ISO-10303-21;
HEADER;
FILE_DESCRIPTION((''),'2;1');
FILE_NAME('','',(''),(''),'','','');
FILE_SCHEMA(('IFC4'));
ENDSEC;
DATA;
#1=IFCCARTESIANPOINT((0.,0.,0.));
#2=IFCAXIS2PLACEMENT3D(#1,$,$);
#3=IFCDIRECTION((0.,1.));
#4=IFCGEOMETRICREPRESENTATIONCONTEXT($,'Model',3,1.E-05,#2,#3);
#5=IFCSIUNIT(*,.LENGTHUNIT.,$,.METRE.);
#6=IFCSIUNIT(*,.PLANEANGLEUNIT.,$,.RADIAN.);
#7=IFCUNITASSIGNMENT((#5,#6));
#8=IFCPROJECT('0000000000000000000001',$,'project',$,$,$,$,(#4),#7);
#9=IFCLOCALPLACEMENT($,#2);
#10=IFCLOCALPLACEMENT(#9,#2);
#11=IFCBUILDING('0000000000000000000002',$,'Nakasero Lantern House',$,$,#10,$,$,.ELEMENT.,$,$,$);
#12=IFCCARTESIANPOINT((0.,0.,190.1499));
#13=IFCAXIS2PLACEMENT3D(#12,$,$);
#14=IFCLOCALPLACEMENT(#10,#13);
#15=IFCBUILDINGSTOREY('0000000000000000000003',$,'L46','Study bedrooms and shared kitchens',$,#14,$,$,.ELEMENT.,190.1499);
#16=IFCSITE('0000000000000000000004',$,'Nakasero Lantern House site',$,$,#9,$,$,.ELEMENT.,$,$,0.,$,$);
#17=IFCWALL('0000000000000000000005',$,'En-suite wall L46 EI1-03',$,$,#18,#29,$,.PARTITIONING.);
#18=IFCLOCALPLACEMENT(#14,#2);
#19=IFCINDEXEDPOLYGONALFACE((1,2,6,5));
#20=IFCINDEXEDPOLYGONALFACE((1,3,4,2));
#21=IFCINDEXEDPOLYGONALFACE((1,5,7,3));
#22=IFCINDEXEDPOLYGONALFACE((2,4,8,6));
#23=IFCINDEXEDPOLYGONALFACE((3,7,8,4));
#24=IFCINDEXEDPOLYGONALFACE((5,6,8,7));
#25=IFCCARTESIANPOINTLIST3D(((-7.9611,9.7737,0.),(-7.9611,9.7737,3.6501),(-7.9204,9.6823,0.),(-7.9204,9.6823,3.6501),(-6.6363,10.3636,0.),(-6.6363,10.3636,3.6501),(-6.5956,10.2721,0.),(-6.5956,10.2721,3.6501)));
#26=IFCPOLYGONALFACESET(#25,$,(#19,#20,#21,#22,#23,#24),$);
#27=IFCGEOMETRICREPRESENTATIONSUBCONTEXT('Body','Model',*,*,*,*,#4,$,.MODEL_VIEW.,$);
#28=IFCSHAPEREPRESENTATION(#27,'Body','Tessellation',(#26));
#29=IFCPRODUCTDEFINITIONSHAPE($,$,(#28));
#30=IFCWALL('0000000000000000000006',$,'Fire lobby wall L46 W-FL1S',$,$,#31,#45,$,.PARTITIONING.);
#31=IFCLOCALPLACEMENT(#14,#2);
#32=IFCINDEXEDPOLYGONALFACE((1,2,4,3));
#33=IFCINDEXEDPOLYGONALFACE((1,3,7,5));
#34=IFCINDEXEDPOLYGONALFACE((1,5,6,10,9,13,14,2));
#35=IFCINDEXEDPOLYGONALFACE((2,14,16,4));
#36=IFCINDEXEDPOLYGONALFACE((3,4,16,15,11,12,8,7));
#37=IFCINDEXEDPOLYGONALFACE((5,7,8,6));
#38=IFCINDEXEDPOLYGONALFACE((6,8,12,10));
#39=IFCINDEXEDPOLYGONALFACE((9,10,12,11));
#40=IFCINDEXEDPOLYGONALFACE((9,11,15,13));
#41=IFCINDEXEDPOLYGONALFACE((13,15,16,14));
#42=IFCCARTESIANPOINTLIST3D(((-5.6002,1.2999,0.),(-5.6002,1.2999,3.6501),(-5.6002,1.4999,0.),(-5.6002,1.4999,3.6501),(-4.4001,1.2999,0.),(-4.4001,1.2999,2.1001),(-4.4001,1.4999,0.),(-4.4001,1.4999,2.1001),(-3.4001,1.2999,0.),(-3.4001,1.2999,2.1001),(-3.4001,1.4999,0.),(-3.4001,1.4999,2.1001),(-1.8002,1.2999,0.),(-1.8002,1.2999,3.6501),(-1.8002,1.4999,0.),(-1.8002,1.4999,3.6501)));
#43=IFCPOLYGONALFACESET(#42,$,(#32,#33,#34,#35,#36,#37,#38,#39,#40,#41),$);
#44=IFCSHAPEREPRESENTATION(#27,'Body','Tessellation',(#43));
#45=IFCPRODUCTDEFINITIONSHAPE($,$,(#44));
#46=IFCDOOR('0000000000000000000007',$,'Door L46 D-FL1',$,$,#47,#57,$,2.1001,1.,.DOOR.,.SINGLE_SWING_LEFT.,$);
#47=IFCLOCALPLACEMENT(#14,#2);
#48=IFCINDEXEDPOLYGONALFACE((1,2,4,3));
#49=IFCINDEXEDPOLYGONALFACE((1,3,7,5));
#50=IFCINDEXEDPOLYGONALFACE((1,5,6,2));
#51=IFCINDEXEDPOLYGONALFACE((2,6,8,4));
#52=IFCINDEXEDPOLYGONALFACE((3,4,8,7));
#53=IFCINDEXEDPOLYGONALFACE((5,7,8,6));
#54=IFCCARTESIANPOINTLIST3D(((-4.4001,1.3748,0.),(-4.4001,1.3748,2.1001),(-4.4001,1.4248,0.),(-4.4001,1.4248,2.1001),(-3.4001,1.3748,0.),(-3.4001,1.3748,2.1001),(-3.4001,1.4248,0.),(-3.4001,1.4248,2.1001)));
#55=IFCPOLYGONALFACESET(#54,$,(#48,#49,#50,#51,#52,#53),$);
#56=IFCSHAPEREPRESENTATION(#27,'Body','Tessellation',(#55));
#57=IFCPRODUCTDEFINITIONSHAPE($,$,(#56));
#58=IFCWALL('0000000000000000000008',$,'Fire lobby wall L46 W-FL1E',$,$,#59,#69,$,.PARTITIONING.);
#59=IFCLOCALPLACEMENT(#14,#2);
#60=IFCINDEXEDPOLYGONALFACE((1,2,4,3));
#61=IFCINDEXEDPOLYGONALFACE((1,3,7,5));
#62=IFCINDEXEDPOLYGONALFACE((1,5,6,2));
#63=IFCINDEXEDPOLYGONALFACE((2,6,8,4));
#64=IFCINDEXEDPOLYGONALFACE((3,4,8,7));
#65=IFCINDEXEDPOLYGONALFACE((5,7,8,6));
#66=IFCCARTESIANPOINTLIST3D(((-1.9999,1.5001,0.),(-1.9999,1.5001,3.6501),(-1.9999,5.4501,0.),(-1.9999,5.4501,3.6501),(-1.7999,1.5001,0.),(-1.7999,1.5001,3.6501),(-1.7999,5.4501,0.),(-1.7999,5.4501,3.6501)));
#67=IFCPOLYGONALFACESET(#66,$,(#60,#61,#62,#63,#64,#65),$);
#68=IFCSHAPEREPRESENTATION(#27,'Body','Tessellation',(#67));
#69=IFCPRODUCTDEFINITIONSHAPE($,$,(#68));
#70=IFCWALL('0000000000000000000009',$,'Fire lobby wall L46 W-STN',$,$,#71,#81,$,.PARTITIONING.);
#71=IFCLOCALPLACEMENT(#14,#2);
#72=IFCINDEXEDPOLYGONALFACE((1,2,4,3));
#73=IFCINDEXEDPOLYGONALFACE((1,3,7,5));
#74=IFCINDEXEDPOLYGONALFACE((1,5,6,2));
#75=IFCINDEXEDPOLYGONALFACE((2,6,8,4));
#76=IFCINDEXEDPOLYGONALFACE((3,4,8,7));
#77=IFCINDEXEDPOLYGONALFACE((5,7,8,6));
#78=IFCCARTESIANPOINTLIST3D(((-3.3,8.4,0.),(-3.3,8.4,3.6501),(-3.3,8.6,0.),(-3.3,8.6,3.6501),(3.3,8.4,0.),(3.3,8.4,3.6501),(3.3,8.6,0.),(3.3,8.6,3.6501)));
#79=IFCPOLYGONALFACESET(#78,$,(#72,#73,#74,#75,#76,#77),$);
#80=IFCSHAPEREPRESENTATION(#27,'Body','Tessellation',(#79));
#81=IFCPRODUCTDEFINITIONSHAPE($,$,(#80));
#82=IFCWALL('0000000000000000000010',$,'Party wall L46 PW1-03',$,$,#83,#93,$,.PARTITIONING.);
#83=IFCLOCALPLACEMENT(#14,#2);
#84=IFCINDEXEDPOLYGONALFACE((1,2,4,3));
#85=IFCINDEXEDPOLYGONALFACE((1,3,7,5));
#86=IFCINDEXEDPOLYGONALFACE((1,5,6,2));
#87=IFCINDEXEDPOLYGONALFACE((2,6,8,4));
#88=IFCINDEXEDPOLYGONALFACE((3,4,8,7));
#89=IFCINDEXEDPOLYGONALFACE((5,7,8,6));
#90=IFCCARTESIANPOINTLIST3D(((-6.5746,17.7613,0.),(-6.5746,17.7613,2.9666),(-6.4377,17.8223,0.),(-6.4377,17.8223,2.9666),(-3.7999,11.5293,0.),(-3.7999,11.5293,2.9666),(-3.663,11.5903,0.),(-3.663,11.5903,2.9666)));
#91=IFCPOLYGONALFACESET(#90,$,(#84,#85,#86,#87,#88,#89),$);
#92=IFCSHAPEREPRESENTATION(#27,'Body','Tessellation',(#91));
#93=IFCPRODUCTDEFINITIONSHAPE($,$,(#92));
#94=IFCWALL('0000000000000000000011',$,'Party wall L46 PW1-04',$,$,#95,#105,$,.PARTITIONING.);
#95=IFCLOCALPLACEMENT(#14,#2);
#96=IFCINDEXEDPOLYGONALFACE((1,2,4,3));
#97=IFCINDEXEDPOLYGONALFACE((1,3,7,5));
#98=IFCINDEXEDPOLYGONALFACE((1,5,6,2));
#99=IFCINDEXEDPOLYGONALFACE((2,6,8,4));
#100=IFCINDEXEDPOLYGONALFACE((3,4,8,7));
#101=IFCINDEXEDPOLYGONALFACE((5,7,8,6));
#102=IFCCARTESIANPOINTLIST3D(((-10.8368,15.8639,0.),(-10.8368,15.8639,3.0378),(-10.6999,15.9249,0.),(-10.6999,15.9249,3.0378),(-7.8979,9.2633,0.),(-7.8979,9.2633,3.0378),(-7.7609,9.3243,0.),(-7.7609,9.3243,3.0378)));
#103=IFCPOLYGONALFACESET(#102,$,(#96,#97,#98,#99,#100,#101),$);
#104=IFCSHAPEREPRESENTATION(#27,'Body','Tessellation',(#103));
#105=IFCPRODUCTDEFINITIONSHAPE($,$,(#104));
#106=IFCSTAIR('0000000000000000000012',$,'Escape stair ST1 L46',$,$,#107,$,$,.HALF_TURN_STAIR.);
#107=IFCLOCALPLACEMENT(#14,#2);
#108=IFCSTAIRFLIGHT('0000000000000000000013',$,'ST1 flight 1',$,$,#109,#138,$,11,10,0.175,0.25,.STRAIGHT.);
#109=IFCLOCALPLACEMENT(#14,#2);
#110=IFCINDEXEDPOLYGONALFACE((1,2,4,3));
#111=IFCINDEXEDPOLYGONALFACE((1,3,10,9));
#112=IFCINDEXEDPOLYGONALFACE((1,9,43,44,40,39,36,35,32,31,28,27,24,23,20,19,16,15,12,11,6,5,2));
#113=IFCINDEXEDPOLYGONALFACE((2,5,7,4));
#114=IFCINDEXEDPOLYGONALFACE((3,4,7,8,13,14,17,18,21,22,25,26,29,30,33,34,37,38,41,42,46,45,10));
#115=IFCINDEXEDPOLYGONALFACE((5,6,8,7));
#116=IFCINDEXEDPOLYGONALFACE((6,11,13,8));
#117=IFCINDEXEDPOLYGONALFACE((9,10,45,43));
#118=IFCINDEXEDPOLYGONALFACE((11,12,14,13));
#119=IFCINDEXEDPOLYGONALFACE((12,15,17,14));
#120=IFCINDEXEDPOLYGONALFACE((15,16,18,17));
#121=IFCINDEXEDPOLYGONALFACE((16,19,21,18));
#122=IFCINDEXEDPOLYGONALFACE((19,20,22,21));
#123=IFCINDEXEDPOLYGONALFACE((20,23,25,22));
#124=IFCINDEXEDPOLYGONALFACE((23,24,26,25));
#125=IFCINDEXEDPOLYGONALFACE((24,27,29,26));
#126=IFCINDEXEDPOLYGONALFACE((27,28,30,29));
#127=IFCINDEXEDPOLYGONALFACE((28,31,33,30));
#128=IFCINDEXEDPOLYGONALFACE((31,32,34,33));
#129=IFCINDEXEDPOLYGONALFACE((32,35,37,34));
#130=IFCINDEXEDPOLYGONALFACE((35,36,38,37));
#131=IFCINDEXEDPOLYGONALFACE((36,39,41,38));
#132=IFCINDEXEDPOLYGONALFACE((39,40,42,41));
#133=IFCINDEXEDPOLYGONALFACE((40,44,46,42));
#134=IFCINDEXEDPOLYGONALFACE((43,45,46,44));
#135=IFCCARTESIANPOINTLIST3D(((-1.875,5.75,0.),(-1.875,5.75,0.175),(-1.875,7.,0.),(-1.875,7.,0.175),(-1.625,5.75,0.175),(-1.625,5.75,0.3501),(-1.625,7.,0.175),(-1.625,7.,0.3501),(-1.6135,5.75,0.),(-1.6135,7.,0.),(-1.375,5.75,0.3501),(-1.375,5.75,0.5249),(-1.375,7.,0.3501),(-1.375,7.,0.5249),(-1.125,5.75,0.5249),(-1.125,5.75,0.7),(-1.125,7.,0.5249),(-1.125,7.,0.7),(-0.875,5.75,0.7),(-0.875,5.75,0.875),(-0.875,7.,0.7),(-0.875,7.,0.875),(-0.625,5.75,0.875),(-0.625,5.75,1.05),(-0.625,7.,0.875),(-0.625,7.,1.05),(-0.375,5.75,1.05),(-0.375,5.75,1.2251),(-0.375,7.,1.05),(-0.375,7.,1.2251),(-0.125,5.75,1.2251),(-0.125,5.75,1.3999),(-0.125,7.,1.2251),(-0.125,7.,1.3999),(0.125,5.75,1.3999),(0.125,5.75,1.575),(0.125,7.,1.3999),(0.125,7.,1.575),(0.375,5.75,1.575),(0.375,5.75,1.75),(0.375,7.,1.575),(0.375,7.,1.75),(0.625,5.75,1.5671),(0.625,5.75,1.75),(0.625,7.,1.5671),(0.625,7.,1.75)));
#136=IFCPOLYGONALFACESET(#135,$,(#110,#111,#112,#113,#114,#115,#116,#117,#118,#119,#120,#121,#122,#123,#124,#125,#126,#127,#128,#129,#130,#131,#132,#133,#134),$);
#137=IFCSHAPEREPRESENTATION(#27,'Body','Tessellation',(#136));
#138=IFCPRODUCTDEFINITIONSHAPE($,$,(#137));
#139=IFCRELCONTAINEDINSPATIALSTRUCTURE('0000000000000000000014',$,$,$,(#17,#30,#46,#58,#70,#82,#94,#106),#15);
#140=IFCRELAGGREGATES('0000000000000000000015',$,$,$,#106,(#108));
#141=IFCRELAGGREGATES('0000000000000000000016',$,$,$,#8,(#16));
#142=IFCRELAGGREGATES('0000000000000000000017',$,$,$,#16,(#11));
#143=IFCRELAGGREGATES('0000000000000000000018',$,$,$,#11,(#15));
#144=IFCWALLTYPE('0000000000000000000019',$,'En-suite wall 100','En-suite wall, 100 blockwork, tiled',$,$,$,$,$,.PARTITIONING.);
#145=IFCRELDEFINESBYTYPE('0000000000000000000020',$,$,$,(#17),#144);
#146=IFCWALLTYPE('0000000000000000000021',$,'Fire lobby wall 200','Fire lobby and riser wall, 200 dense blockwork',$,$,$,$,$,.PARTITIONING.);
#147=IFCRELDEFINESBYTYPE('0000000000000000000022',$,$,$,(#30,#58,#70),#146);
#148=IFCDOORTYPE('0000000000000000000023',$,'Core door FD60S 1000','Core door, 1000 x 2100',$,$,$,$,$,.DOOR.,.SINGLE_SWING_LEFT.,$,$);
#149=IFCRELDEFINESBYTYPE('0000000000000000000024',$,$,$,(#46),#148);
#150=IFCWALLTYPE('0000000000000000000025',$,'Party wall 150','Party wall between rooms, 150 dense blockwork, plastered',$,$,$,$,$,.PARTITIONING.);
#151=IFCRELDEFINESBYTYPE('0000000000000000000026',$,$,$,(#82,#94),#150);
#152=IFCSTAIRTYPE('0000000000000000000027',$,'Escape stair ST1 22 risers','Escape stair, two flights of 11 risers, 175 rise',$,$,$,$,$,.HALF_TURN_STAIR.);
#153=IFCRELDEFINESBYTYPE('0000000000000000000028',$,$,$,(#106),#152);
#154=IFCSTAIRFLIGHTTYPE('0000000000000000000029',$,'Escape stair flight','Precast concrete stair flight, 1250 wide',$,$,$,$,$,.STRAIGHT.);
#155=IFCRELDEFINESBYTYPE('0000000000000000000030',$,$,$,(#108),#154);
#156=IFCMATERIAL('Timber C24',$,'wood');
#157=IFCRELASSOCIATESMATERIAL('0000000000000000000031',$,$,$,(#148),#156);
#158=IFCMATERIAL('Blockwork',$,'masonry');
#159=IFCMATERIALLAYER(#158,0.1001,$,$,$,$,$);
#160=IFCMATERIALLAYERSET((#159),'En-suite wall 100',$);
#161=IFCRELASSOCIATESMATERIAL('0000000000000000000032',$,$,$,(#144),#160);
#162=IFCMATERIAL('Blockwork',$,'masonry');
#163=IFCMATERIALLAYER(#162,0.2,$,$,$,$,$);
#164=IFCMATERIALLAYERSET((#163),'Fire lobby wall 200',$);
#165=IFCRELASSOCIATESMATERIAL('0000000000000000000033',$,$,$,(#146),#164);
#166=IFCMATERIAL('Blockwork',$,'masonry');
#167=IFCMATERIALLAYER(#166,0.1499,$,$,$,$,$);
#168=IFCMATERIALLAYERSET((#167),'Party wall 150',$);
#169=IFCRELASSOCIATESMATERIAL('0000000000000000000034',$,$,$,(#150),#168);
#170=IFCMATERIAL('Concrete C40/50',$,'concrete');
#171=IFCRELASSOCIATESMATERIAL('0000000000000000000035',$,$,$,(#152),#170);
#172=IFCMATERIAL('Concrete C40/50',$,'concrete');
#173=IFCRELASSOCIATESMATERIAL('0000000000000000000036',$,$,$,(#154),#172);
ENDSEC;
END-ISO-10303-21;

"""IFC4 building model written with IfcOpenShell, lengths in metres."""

from ifc_helpers import new_model, si_unit, direction, frame, frame_2d, origin, place, context, subcontext, project, spatial, polyline, rectangle, outline, extrude, material, layer, layer_set, type_object, element, fill, aggregate, save


model = new_model("IFC4")

# Units and contexts
model_context = context("Model", 3, precision=1e-05, world=origin(), true_north=direction((0.0, 1.0)))
body_context = subcontext(model_context, "Body", "Model", "MODEL_VIEW")
ifc_project = project(units=[si_unit("LENGTHUNIT", "METRE"), si_unit("PLANEANGLEUNIT", "RADIAN")], contexts=[model_context])

# Site, building, storey
site_placement = place(None, origin())
site = spatial("IfcSite", under=ifc_project, at=site_placement, Name="Nakasero Lantern House site", CompositionType="ELEMENT", RefElevation=0.0)
building_placement = place(site_placement, origin())
building = spatial("IfcBuilding", under=site, at=building_placement, Name="Nakasero Lantern House", CompositionType="ELEMENT")
storey_placement = place(building_placement, frame((0.0, 0.0, 190.1499)))
storey = spatial("IfcBuildingStorey", under=building, at=storey_placement, Name="L46", Description="Study bedrooms and shared kitchens", CompositionType="ELEMENT", Elevation=190.1499)

# Shared definitions
ifc_material_1 = material(Name="Timber C24", Category="wood")
door_type_1 = type_object("IfcDoorType", Name="Core door FD60S 1000", Description="Core door, 1000 x 2100", OperationType="SINGLE_SWING_LEFT", PredefinedType="DOOR", material=ifc_material_1)

# Shared definitions
ifc_material_2 = material(Name="Blockwork", Category="masonry")
ifc_layer_1 = layer(ifc_material_2, 0.1001)
ifc_layer_set_1 = layer_set([ifc_layer_1], Name="En-suite wall 100")
wall_type_1 = type_object("IfcWallType", Name="En-suite wall 100", Description="En-suite wall, 100 blockwork, tiled", PredefinedType="PARTITIONING", material=ifc_layer_set_1)

# Wall
wall_1_placement = place(storey_placement, frame((-6.616, 10.3179, 0.0), z_axis=(0.0, 0.0, 1.0), x_axis=(-0.913534, -0.406763, 0.0)))
element("IfcWall", 1, at=wall_1_placement, inside=storey, type_object=wall_type_1, Name="En-suite wall L46 EI1-03", PredefinedType="PARTITIONING", context=body_context, shape_type="SweptSolid", body=[
    extrude(rectangle(XDim=1.4502, YDim=0.1001, at=frame_2d((0.7251, 0.0))), origin(), (0.0, 0.0, 1.0), 3.6501),
])

# Wall, opening, door
ifc_material_3 = material(Name="Blockwork", Category="masonry")
ifc_layer_2 = layer(ifc_material_3, 0.2)
ifc_layer_set_2 = layer_set([ifc_layer_2], Name="Fire lobby wall 200")
wall_type_2 = type_object("IfcWallType", Name="Fire lobby wall 200", Description="Fire lobby and riser wall, 200 dense blockwork", PredefinedType="PARTITIONING", material=ifc_layer_set_2)
wall_2_placement = place(storey_placement, frame((-5.6001, 1.3999, 0.0), z_axis=(0.0, 0.0, 1.0), x_axis=(1.0, 0.0, 0.0)))
wall_2 = element("IfcWall", 2, at=wall_2_placement, inside=storey, type_object=wall_type_2, Name="Fire lobby wall L46 W-FL1S", PredefinedType="PARTITIONING", context=body_context, shape_type="SweptSolid", body=[
    extrude(rectangle(XDim=3.8, YDim=0.2, at=frame_2d((1.8999, 0.0))), origin(), (0.0, 0.0, 1.0), 3.6501),
])
opening_1_placement = place(wall_2_placement, frame((1.2, 0.0, 0.0)))
opening_1 = element("IfcOpeningElement", 3, at=opening_1_placement, cuts=wall_2, PredefinedType="OPENING", context=body_context, shape_type="SweptSolid", body=[
    extrude(rectangle(XDim=1.0, YDim=2.1001, at=frame_2d((0.5, 1.05))), frame((0.0, 0.1199, 0.0), z_axis=(0.0, -1.0, 0.0), x_axis=(1.0, 0.0, 0.0)), (0.0, 0.0, 1.0), 0.24),
])
door_1_placement = place(opening_1_placement, origin())
door_1 = element("IfcDoor", 4, at=door_1_placement, inside=storey, type_object=door_type_1, Name="Door L46 D-FL1", OperationType="SINGLE_SWING_LEFT", OverallHeight=2.1001, OverallWidth=1.0, PredefinedType="DOOR", context=body_context, shape_type="SweptSolid", body=[
    extrude(rectangle(XDim=1.0, YDim=2.1001, at=frame_2d((0.5, 1.05))), frame((0.0, 0.0249, 0.0), z_axis=(0.0, -1.0, 0.0), x_axis=(1.0, 0.0, 0.0)), (0.0, 0.0, 1.0), 0.05),
])
fill(opening_1, door_1)

# Walls
wall_3_placement = place(storey_placement, frame((-1.8999, 1.5, 0.0), z_axis=(0.0, 0.0, 1.0), x_axis=(0.0, 1.0, 0.0)))
element("IfcWall", 5, at=wall_3_placement, inside=storey, type_object=wall_type_2, Name="Fire lobby wall L46 W-FL1E", PredefinedType="PARTITIONING", context=body_context, shape_type="SweptSolid", body=[
    extrude(rectangle(XDim=3.95, YDim=0.2, at=frame_2d((1.9751, 0.0))), origin(), (0.0, 0.0, 1.0), 3.6501),
])
wall_4_placement = place(storey_placement, frame((-3.3, 8.5, 0.0), z_axis=(0.0, 0.0, 1.0), x_axis=(1.0, 0.0, 0.0)))
element("IfcWall", 6, at=wall_4_placement, inside=storey, type_object=wall_type_2, Name="Fire lobby wall L46 W-STN", PredefinedType="PARTITIONING", context=body_context, shape_type="SweptSolid", body=[
    extrude(rectangle(XDim=6.6001, YDim=0.2, at=frame_2d((3.3, 0.0))), origin(), (0.0, 0.0, 1.0), 3.6501),
])
ifc_material_4 = material(Name="Blockwork", Category="masonry")
ifc_layer_3 = layer(ifc_material_4, 0.1499)
ifc_layer_set_3 = layer_set([ifc_layer_3], Name="Party wall 150")
wall_type_3 = type_object("IfcWallType", Name="Party wall 150", Description="Party wall between rooms, 150 dense blockwork, plastered", PredefinedType="PARTITIONING", material=ifc_layer_set_3)
wall_5_placement = place(storey_placement, frame((-3.7314, 11.5598, 0.0), z_axis=(0.0, 0.0, 1.0), x_axis=(-0.406739, 0.913544, 0.0)))
element("IfcWall", 7, at=wall_5_placement, inside=storey, type_object=wall_type_3, Name="Party wall L46 PW1-03", PredefinedType="PARTITIONING", context=body_context, shape_type="SweptSolid", body=[
    extrude(rectangle(XDim=6.8218, YDim=0.1499, at=frame_2d((3.4109, 0.0))), origin(), (0.0, 0.0, 1.0), 2.9666),
])
wall_6_placement = place(storey_placement, frame((-7.8293, 9.2937, 0.0), z_axis=(0.0, 0.0, 1.0), x_axis=(-0.406759, 0.913535, 0.0)))
element("IfcWall", 8, at=wall_6_placement, inside=storey, type_object=wall_type_3, Name="Party wall L46 PW1-04", PredefinedType="PARTITIONING", context=body_context, shape_type="SweptSolid", body=[
    extrude(rectangle(XDim=7.2253, YDim=0.1499, at=frame_2d((3.6128, 0.0))), origin(), (0.0, 0.0, 1.0), 3.0378),
])

# Stair, stair flight
ifc_material_5 = material(Name="Concrete C40/50", Category="concrete")
stair_type = type_object("IfcStairType", Name="Escape stair ST1 22 risers", Description="Escape stair, two flights of 11 risers, 175 rise", PredefinedType="HALF_TURN_STAIR", material=ifc_material_5)
stair_placement = place(storey_placement, origin())
stair = element("IfcStair", 9, at=stair_placement, inside=storey, type_object=stair_type, Name="Escape stair ST1 L46", PredefinedType="HALF_TURN_STAIR")
ifc_material_6 = material(Name="Concrete C40/50", Category="concrete")
stair_flight_type = type_object("IfcStairFlightType", Name="Escape stair flight", Description="Precast concrete stair flight, 1250 wide", PredefinedType="STRAIGHT", material=ifc_material_6)
stair_flight_placement = place(storey_placement, frame((-1.875, 6.375, 0.0), z_axis=(0.0, 0.0, 1.0), x_axis=(1.0, 0.0, 0.0)))
stair_flight = element("IfcStairFlight", 10, at=stair_flight_placement, type_object=stair_flight_type, Name="ST1 flight 1", NumberOfRisers=11, NumberOfTreads=10, PredefinedType="STRAIGHT", RiserHeight=0.175, TreadLength=0.25, context=body_context, shape_type="SweptSolid", body=[
    extrude(outline(polyline([(0.0, 0.0), (0.0, 0.175), (0.25, 0.175), (0.25, 0.3501), (0.5, 0.3501), (0.5, 0.5249), (0.75, 0.5249), (0.75, 0.7), (1.0, 0.7), (1.0, 0.875), (1.25, 0.875), (1.25, 1.05), (1.5, 1.05), (1.5, 1.2251), (1.75, 1.2251), (1.75, 1.3999), (2.0, 1.3999), (2.0, 1.575), (2.25, 1.575), (2.25, 1.75), (2.5, 1.75), (2.5, 1.925), (2.5, 1.5671), (0.2615, 0.0), (0.0, 0.0)])), frame((0.0, 0.625, 0.0), z_axis=(0.0, -1.0, 0.0), x_axis=(1.0, 0.0, 0.0)), (0.0, 0.0, 1.0), 1.25),
])
aggregate(stair, [stair_flight])

save(model, "model.ifc")
